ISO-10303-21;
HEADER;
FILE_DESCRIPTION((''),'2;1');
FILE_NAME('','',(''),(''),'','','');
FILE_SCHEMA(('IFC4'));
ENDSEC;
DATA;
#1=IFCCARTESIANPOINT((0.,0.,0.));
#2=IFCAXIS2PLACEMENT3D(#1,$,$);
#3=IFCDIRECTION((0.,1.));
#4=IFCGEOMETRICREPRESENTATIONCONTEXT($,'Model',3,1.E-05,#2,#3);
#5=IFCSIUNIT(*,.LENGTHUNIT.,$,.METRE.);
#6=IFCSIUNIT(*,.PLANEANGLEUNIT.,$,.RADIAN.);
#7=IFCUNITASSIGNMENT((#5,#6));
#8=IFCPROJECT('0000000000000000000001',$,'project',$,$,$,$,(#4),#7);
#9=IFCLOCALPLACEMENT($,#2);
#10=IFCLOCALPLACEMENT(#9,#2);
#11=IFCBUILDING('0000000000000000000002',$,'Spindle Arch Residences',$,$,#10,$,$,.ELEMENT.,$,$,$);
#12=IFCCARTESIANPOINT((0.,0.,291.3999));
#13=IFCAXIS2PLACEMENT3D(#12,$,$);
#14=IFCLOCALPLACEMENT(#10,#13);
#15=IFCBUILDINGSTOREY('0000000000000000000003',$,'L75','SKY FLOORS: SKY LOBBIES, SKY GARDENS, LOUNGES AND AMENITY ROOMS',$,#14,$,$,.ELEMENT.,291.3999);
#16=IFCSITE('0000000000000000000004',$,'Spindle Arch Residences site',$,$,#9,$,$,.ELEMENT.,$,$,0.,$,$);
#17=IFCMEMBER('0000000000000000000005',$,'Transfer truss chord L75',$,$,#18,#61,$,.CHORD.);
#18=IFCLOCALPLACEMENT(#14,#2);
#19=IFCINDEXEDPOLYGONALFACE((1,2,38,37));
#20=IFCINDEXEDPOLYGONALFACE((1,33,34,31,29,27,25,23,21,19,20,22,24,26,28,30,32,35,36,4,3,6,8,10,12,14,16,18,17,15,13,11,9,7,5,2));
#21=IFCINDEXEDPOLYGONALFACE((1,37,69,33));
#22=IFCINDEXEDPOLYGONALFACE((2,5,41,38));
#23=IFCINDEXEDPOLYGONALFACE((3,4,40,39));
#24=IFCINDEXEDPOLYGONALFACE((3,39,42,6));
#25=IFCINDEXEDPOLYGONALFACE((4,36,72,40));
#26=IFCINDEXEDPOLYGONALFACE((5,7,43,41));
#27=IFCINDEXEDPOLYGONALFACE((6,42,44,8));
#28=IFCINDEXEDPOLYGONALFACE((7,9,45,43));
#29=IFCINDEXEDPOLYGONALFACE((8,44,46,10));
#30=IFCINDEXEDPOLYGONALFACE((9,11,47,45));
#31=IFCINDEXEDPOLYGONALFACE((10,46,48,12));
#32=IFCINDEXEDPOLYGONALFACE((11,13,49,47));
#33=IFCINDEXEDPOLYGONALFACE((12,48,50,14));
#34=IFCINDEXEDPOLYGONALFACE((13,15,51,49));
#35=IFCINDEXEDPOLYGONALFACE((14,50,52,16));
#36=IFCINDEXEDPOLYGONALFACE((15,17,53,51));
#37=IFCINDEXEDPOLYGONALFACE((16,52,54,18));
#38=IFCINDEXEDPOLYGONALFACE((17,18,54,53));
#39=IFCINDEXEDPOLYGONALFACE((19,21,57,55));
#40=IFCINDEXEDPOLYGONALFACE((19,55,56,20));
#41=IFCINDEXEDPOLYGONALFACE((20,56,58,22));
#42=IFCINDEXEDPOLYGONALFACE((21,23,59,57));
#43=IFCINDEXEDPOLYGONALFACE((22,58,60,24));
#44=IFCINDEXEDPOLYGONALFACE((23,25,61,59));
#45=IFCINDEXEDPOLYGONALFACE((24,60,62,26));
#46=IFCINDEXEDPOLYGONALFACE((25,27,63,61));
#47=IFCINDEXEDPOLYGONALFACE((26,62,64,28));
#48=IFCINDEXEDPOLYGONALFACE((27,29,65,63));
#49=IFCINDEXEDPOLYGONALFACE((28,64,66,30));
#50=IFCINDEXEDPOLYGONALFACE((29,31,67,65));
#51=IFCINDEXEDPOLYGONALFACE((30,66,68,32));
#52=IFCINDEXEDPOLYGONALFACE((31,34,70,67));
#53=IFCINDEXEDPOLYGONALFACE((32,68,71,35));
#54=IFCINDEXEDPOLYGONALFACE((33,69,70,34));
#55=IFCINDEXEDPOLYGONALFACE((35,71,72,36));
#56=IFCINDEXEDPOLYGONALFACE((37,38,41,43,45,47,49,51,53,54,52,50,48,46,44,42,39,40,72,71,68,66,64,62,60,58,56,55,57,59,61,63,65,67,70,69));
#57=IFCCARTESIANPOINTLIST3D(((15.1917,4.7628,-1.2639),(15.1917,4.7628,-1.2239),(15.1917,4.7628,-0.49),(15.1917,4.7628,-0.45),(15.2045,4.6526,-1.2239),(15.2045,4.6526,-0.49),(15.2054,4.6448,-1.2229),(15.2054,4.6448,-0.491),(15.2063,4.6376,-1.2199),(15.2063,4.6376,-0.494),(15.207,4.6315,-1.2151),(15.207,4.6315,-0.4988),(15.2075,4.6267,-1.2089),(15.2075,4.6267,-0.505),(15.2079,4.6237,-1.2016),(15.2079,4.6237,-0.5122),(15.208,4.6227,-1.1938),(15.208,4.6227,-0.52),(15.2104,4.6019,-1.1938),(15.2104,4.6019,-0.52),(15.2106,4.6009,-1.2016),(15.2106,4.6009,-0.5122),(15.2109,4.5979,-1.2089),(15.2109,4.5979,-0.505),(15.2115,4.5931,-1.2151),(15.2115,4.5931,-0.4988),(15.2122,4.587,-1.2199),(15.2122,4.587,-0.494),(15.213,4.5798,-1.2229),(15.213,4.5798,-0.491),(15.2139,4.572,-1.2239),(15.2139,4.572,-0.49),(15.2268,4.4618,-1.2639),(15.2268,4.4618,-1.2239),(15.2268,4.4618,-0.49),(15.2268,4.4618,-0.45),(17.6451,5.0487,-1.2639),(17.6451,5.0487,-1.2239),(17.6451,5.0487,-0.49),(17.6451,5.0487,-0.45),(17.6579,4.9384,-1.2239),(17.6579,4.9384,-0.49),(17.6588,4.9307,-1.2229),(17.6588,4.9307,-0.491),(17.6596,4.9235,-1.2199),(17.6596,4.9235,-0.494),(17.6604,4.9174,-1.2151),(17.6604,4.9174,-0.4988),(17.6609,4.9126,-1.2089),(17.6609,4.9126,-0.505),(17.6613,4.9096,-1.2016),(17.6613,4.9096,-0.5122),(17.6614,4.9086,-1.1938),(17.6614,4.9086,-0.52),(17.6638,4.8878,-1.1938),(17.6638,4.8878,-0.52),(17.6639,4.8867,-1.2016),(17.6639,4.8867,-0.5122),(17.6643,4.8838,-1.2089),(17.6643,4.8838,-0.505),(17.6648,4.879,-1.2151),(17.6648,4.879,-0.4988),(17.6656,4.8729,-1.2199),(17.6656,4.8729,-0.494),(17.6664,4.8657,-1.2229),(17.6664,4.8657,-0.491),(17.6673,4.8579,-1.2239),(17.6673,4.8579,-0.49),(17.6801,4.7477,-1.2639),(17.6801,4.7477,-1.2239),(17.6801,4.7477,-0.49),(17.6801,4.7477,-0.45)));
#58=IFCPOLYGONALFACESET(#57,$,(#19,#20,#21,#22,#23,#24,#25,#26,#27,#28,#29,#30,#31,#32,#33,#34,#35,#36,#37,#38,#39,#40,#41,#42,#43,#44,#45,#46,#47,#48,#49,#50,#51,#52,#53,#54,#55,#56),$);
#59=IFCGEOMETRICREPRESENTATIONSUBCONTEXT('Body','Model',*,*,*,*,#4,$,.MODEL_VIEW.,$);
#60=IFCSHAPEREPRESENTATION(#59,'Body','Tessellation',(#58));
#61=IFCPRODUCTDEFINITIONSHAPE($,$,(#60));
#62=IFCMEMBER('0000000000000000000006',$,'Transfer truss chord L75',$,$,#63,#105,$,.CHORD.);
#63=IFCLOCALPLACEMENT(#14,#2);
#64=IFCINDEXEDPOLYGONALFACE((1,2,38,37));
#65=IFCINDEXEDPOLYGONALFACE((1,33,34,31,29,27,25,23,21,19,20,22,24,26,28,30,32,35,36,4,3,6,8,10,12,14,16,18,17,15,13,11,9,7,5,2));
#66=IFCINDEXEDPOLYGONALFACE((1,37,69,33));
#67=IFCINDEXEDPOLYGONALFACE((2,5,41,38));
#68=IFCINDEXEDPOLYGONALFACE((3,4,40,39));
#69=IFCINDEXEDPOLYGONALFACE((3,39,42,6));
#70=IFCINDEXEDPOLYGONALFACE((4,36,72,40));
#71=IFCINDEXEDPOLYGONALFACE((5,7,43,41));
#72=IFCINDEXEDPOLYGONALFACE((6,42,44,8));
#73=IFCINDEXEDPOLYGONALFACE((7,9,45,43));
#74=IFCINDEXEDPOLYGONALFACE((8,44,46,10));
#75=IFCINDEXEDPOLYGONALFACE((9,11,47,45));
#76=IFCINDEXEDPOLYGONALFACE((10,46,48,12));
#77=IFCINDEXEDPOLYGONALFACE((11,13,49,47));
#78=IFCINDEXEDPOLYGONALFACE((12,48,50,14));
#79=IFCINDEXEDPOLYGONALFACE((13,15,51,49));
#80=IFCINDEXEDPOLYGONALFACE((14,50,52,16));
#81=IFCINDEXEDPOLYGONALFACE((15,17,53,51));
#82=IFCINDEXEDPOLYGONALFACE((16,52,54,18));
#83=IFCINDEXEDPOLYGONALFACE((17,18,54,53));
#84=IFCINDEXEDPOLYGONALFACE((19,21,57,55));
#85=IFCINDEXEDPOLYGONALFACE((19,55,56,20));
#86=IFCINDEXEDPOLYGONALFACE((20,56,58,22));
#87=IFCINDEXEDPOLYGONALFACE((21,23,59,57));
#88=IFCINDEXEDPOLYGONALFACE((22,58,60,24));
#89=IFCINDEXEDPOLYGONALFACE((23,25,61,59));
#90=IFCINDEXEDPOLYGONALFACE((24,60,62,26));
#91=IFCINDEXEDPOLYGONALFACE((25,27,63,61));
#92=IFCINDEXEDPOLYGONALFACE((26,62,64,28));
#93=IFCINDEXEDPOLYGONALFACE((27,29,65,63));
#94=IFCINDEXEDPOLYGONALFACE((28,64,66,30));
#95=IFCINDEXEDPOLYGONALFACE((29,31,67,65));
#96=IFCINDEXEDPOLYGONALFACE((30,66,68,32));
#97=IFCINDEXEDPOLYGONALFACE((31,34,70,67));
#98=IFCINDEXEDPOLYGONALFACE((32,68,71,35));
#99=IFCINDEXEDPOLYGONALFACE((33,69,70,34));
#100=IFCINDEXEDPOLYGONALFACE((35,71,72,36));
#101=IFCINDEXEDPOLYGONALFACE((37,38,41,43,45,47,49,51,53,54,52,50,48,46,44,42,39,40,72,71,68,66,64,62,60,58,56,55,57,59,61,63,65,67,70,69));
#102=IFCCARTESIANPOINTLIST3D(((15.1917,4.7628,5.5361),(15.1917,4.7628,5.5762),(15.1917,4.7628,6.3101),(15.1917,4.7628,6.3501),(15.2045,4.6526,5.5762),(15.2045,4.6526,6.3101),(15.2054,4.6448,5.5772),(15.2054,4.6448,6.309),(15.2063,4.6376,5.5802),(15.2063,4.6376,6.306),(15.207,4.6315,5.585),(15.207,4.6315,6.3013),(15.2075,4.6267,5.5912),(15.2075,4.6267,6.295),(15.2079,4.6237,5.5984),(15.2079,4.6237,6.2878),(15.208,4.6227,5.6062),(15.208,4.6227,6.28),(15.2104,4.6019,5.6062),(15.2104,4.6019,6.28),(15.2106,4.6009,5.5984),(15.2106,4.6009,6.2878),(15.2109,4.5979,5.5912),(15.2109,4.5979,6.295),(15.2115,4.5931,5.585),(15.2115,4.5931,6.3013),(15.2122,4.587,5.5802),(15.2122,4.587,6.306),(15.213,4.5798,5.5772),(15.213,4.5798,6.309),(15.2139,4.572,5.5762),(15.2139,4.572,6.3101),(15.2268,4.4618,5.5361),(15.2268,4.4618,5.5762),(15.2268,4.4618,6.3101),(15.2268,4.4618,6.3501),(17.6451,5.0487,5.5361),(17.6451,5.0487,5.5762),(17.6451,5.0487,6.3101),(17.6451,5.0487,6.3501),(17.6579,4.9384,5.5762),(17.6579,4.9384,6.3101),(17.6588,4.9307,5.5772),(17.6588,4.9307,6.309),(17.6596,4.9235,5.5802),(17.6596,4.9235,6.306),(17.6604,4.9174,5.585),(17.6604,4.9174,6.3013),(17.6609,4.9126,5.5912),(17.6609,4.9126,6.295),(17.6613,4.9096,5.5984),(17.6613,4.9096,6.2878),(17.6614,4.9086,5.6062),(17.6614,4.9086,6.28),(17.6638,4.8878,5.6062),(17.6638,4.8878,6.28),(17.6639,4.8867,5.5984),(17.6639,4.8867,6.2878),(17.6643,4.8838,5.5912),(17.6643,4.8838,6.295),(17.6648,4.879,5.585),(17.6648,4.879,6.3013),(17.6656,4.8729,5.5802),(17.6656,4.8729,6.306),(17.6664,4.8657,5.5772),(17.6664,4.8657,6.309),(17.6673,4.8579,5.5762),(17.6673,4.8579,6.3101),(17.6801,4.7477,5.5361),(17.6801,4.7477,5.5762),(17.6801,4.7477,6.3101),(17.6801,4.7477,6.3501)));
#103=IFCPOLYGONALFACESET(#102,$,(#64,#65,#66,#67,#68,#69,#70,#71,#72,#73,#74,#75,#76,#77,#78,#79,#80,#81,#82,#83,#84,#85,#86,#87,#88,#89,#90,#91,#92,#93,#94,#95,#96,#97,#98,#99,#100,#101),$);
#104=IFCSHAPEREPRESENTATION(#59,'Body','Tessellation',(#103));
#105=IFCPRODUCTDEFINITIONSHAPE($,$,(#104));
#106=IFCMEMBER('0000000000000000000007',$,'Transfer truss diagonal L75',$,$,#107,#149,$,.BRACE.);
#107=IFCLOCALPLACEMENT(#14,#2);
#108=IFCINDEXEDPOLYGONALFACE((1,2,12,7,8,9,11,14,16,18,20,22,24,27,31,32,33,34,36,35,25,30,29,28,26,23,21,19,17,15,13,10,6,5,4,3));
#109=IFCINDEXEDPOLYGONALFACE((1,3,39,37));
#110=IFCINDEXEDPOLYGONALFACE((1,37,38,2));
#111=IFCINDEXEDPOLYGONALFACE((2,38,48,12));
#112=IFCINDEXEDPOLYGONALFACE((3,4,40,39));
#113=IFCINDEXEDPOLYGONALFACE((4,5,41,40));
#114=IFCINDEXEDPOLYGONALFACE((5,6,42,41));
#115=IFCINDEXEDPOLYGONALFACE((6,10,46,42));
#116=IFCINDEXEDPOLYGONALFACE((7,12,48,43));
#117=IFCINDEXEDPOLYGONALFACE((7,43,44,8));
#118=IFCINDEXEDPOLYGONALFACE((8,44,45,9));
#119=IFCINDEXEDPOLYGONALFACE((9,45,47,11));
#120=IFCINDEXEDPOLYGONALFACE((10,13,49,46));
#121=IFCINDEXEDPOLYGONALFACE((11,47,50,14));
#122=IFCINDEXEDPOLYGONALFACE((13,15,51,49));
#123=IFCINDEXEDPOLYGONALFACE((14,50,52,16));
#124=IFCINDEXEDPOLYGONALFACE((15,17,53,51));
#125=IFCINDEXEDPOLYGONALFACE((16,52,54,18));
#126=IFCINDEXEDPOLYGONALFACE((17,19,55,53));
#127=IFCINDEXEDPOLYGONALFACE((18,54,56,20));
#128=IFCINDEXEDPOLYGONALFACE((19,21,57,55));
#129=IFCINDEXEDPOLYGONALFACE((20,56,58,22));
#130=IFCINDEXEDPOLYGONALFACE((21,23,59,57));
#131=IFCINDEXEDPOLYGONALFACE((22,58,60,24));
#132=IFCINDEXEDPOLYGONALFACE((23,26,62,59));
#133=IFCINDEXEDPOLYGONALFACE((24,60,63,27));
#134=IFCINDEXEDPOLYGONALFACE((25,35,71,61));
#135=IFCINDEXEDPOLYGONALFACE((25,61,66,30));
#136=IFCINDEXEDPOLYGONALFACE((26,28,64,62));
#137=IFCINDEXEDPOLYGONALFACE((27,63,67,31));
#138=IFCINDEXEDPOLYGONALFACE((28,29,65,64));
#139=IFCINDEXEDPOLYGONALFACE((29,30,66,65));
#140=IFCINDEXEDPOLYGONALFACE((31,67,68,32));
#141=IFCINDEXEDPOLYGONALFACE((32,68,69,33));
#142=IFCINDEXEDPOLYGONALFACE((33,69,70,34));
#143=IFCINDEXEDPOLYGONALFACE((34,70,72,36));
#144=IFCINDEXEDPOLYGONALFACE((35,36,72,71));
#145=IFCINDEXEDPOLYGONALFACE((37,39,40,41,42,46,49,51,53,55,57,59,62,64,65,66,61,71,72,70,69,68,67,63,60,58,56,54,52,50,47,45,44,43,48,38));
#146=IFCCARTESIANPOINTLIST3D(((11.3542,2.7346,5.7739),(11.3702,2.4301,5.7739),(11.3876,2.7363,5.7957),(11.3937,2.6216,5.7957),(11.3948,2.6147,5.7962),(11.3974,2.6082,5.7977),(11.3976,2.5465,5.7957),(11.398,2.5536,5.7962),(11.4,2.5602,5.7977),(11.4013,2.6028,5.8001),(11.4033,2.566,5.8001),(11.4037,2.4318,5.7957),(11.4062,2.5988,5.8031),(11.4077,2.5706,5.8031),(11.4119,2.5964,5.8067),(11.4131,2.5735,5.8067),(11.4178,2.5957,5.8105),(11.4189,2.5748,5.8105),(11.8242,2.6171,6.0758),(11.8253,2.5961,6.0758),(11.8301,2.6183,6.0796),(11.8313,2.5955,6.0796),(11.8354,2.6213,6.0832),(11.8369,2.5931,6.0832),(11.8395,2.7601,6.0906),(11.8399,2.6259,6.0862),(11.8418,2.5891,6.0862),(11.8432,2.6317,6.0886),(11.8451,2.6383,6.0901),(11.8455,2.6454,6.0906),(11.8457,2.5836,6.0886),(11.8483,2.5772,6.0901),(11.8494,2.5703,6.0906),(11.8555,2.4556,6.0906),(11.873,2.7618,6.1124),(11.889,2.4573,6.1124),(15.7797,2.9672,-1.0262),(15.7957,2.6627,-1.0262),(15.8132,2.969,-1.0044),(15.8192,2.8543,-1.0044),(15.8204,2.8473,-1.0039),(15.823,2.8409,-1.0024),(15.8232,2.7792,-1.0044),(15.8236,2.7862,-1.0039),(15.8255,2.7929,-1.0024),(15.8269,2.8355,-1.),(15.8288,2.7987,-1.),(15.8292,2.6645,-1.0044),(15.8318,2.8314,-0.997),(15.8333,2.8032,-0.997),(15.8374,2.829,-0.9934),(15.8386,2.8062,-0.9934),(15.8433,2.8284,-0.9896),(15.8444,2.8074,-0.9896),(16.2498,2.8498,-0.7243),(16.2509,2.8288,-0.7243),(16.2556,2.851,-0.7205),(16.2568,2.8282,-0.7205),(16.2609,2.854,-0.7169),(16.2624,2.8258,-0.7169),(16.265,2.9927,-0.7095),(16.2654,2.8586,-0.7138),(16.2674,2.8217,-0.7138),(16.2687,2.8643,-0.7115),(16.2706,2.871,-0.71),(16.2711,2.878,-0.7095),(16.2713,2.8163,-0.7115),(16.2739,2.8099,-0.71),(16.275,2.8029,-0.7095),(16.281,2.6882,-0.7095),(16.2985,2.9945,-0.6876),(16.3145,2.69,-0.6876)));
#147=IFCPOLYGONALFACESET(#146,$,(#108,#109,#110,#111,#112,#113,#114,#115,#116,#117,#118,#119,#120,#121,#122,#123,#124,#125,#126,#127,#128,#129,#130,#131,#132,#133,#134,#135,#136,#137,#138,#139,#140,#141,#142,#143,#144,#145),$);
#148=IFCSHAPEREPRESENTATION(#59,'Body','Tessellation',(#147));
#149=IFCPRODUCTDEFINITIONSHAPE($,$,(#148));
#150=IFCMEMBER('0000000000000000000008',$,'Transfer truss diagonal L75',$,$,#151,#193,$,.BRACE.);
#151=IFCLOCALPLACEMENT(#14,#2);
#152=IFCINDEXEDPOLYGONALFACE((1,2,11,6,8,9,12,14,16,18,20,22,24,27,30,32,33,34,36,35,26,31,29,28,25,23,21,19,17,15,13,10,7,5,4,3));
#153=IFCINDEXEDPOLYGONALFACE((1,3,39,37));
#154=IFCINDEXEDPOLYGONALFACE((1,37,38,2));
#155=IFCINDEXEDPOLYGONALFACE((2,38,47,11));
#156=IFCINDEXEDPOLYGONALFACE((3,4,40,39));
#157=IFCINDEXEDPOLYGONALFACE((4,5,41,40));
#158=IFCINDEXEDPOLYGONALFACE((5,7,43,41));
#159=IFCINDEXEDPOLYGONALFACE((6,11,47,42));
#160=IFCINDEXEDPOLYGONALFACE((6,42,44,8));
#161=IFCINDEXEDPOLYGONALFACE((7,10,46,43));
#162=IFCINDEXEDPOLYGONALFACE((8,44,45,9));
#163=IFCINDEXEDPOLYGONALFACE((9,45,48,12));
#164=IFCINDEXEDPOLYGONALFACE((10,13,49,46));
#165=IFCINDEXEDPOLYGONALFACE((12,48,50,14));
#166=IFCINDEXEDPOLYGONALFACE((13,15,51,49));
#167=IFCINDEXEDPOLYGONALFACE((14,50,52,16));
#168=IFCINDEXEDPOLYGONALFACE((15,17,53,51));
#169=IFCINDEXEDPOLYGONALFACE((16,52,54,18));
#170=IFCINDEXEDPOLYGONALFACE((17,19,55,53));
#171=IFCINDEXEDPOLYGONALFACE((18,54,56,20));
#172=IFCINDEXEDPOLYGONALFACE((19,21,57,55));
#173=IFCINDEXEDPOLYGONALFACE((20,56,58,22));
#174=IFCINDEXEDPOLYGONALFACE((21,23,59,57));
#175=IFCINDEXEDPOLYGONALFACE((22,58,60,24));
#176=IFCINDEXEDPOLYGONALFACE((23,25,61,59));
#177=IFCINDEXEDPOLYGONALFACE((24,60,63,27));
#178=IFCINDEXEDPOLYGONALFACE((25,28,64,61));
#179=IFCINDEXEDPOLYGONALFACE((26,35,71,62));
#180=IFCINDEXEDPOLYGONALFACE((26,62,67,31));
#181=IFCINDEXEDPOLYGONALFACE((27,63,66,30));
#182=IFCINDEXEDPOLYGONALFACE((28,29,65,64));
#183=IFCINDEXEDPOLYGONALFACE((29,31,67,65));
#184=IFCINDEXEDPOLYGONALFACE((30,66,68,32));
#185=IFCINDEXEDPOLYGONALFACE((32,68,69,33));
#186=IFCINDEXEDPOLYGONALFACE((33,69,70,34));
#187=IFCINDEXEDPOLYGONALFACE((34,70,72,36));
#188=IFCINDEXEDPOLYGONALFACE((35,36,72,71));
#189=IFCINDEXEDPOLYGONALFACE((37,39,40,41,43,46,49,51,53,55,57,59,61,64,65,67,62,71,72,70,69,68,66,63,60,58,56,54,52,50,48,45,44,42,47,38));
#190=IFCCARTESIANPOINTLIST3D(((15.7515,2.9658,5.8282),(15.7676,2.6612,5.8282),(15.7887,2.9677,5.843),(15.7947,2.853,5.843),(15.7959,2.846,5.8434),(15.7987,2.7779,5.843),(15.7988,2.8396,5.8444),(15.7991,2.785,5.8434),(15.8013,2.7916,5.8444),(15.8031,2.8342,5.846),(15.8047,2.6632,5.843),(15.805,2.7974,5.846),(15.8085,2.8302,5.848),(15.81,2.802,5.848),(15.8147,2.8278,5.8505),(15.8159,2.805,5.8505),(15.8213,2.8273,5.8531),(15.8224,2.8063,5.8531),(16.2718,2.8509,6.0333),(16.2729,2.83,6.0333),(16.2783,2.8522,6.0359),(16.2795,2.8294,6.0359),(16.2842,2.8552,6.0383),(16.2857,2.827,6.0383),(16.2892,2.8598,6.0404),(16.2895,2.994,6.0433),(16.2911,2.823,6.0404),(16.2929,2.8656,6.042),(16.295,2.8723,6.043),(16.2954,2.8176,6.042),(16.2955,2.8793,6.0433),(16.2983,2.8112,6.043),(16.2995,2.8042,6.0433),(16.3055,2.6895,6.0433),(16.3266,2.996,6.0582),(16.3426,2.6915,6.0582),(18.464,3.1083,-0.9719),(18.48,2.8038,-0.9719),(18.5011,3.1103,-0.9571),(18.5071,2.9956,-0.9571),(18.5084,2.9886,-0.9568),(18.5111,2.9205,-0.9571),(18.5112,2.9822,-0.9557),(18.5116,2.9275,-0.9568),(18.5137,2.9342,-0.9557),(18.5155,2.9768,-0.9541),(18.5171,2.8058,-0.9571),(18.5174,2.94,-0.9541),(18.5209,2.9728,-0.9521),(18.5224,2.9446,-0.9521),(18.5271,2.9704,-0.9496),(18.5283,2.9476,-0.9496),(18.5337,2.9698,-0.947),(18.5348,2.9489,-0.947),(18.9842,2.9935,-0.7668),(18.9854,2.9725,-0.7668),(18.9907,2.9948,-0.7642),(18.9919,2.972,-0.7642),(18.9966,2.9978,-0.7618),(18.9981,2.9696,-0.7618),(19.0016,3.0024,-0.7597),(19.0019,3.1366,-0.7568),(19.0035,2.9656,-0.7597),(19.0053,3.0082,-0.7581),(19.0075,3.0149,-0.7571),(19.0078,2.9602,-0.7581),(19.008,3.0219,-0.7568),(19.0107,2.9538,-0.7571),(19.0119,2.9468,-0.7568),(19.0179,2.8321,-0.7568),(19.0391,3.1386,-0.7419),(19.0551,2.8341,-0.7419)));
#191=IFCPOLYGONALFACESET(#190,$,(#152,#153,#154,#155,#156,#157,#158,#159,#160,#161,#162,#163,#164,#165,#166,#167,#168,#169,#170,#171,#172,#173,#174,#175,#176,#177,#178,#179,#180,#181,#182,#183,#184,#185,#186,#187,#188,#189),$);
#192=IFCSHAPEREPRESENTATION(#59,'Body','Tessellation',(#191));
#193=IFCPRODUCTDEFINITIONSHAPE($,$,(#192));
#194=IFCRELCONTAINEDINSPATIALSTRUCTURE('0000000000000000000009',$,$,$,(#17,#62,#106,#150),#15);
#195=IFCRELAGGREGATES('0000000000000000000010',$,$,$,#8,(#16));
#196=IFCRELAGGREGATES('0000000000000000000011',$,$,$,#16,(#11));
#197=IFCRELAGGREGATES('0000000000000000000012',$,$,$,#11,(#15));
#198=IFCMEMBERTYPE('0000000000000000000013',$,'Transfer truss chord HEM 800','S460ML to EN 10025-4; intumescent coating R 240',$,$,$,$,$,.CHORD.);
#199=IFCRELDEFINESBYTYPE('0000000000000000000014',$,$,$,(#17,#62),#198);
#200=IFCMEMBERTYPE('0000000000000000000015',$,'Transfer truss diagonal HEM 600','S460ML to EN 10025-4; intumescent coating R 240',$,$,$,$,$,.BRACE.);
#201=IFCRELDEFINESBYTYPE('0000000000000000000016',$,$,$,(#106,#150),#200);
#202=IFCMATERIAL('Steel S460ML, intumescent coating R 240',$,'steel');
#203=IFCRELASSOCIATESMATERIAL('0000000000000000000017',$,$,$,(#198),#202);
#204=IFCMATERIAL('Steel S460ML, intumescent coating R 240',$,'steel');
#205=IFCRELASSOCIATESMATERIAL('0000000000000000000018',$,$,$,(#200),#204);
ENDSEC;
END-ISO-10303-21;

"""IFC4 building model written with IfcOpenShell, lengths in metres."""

from ifc_helpers import new_model, si_unit, direction, frame, origin, origin_2d, place, context, subcontext, project, spatial, i_section, extrude, material, material_profile, profile_set, type_object, element, save


model = new_model("IFC4")

# Units and contexts
model_context = context("Model", 3, precision=1e-05, world=origin(), true_north=direction((0.0, 1.0)))
body_context = subcontext(model_context, "Body", "Model", "MODEL_VIEW")
ifc_project = project(units=[si_unit("LENGTHUNIT", "METRE"), si_unit("PLANEANGLEUNIT", "RADIAN")], contexts=[model_context])

# Site, building, storey
site_placement = place(None, origin())
site = spatial("IfcSite", under=ifc_project, at=site_placement, Name="Spindle Arch Residences site", CompositionType="ELEMENT", RefElevation=0.0)
building_placement = place(site_placement, origin())
building = spatial("IfcBuilding", under=site, at=building_placement, Name="Spindle Arch Residences", CompositionType="ELEMENT")
storey_placement = place(building_placement, frame((0.0, 0.0, 291.3999)))
storey = spatial("IfcBuildingStorey", under=building, at=storey_placement, Name="L75", Description="SKY FLOORS: SKY LOBBIES, SKY GARDENS, LOUNGES AND AMENITY ROOMS", CompositionType="ELEMENT", Elevation=291.3999)

# Members
ifc_material_1 = material(Name="Steel S460ML, intumescent coating R 240", Category="steel")
ifc_material_profile_1 = material_profile(ifc_material_1, i_section(OverallWidth=0.303, OverallDepth=0.814, WebThickness=0.021, FlangeThickness=0.04, FilletRadius=0.03, at=origin_2d()), Name="HEM 800")
ifc_profile_set_1 = profile_set([ifc_material_profile_1], Name="Steel S460ML, intumescent coating R 240")
member_type_1 = type_object("IfcMemberType", Name="Transfer truss chord HEM 800", Description="S460ML to EN 10025-4; intumescent coating R 240", PredefinedType="CHORD", material=ifc_profile_set_1)
for number, where, z_axis, x_axis, name in (
    (1, (15.2092, 4.6123, -0.8569), (0.993279, 0.115746, 0.0), (-0.115746, 0.993279, 0.0), "Transfer truss chord L75"),
    (2, (15.2092, 4.6123, 5.9431), (0.993279, 0.115746, 0.0), (-0.115746, 0.993279, 0.0), "Transfer truss chord L75"),
):
    element("IfcMember", number, at=place(storey_placement, frame(where, z_axis=z_axis, x_axis=x_axis)), inside=storey, type_object=member_type_1, Name=name, PredefinedType="CHORD", context=body_context, shape_type="SweptSolid", body=[
        extrude(i_section(OverallWidth=0.303, OverallDepth=0.814, WebThickness=0.021, FlangeThickness=0.04, FilletRadius=0.03, at=origin_2d()), origin(), (0.0, 0.0, 1.0), 2.47),
    ])
ifc_material_2 = material(Name="Steel S460ML, intumescent coating R 240", Category="steel")
ifc_material_profile_2 = material_profile(ifc_material_2, i_section(OverallWidth=0.3049, OverallDepth=0.6201, WebThickness=0.021, FlangeThickness=0.04, FilletRadius=0.0271, at=origin_2d()), Name="HEM 600")
ifc_profile_set_2 = profile_set([ifc_material_profile_2], Name="Steel S460ML, intumescent coating R 240")
member_type_2 = type_object("IfcMemberType", Name="Transfer truss diagonal HEM 600", Description="S460ML to EN 10025-4; intumescent coating R 240", PredefinedType="BRACE", material=ifc_profile_set_2)
member_1_placement = place(storey_placement, frame((16.0471, 2.8286, -0.8569), z_axis=(-0.545241, -0.028665, 0.837789), x_axis=(0.052501, -0.998621, 0.0)))
element("IfcMember", 3, at=member_1_placement, inside=storey, type_object=member_type_2, Name="Transfer truss diagonal L75", PredefinedType="BRACE", context=body_context, shape_type="SweptSolid", body=[
    extrude(i_section(OverallWidth=0.3049, OverallDepth=0.6201, WebThickness=0.021, FlangeThickness=0.04, FilletRadius=0.0271, at=origin_2d()), origin(), (0.0, 0.0, 1.0), 8.1167),
])
member_2_placement = place(storey_placement, frame((18.7595, 2.9712, -0.8569), z_axis=(-0.370423, -0.019471, 0.928659), x_axis=(0.052493, -0.998621, 0.0)))
element("IfcMember", 4, at=member_2_placement, inside=storey, type_object=member_type_2, Name="Transfer truss diagonal L75", PredefinedType="BRACE", context=body_context, shape_type="SweptSolid", body=[
    extrude(i_section(OverallWidth=0.3049, OverallDepth=0.6201, WebThickness=0.021, FlangeThickness=0.04, FilletRadius=0.0271, at=origin_2d()), origin(), (0.0, 0.0, 1.0), 7.3225),
])

save(model, "model.ifc")
